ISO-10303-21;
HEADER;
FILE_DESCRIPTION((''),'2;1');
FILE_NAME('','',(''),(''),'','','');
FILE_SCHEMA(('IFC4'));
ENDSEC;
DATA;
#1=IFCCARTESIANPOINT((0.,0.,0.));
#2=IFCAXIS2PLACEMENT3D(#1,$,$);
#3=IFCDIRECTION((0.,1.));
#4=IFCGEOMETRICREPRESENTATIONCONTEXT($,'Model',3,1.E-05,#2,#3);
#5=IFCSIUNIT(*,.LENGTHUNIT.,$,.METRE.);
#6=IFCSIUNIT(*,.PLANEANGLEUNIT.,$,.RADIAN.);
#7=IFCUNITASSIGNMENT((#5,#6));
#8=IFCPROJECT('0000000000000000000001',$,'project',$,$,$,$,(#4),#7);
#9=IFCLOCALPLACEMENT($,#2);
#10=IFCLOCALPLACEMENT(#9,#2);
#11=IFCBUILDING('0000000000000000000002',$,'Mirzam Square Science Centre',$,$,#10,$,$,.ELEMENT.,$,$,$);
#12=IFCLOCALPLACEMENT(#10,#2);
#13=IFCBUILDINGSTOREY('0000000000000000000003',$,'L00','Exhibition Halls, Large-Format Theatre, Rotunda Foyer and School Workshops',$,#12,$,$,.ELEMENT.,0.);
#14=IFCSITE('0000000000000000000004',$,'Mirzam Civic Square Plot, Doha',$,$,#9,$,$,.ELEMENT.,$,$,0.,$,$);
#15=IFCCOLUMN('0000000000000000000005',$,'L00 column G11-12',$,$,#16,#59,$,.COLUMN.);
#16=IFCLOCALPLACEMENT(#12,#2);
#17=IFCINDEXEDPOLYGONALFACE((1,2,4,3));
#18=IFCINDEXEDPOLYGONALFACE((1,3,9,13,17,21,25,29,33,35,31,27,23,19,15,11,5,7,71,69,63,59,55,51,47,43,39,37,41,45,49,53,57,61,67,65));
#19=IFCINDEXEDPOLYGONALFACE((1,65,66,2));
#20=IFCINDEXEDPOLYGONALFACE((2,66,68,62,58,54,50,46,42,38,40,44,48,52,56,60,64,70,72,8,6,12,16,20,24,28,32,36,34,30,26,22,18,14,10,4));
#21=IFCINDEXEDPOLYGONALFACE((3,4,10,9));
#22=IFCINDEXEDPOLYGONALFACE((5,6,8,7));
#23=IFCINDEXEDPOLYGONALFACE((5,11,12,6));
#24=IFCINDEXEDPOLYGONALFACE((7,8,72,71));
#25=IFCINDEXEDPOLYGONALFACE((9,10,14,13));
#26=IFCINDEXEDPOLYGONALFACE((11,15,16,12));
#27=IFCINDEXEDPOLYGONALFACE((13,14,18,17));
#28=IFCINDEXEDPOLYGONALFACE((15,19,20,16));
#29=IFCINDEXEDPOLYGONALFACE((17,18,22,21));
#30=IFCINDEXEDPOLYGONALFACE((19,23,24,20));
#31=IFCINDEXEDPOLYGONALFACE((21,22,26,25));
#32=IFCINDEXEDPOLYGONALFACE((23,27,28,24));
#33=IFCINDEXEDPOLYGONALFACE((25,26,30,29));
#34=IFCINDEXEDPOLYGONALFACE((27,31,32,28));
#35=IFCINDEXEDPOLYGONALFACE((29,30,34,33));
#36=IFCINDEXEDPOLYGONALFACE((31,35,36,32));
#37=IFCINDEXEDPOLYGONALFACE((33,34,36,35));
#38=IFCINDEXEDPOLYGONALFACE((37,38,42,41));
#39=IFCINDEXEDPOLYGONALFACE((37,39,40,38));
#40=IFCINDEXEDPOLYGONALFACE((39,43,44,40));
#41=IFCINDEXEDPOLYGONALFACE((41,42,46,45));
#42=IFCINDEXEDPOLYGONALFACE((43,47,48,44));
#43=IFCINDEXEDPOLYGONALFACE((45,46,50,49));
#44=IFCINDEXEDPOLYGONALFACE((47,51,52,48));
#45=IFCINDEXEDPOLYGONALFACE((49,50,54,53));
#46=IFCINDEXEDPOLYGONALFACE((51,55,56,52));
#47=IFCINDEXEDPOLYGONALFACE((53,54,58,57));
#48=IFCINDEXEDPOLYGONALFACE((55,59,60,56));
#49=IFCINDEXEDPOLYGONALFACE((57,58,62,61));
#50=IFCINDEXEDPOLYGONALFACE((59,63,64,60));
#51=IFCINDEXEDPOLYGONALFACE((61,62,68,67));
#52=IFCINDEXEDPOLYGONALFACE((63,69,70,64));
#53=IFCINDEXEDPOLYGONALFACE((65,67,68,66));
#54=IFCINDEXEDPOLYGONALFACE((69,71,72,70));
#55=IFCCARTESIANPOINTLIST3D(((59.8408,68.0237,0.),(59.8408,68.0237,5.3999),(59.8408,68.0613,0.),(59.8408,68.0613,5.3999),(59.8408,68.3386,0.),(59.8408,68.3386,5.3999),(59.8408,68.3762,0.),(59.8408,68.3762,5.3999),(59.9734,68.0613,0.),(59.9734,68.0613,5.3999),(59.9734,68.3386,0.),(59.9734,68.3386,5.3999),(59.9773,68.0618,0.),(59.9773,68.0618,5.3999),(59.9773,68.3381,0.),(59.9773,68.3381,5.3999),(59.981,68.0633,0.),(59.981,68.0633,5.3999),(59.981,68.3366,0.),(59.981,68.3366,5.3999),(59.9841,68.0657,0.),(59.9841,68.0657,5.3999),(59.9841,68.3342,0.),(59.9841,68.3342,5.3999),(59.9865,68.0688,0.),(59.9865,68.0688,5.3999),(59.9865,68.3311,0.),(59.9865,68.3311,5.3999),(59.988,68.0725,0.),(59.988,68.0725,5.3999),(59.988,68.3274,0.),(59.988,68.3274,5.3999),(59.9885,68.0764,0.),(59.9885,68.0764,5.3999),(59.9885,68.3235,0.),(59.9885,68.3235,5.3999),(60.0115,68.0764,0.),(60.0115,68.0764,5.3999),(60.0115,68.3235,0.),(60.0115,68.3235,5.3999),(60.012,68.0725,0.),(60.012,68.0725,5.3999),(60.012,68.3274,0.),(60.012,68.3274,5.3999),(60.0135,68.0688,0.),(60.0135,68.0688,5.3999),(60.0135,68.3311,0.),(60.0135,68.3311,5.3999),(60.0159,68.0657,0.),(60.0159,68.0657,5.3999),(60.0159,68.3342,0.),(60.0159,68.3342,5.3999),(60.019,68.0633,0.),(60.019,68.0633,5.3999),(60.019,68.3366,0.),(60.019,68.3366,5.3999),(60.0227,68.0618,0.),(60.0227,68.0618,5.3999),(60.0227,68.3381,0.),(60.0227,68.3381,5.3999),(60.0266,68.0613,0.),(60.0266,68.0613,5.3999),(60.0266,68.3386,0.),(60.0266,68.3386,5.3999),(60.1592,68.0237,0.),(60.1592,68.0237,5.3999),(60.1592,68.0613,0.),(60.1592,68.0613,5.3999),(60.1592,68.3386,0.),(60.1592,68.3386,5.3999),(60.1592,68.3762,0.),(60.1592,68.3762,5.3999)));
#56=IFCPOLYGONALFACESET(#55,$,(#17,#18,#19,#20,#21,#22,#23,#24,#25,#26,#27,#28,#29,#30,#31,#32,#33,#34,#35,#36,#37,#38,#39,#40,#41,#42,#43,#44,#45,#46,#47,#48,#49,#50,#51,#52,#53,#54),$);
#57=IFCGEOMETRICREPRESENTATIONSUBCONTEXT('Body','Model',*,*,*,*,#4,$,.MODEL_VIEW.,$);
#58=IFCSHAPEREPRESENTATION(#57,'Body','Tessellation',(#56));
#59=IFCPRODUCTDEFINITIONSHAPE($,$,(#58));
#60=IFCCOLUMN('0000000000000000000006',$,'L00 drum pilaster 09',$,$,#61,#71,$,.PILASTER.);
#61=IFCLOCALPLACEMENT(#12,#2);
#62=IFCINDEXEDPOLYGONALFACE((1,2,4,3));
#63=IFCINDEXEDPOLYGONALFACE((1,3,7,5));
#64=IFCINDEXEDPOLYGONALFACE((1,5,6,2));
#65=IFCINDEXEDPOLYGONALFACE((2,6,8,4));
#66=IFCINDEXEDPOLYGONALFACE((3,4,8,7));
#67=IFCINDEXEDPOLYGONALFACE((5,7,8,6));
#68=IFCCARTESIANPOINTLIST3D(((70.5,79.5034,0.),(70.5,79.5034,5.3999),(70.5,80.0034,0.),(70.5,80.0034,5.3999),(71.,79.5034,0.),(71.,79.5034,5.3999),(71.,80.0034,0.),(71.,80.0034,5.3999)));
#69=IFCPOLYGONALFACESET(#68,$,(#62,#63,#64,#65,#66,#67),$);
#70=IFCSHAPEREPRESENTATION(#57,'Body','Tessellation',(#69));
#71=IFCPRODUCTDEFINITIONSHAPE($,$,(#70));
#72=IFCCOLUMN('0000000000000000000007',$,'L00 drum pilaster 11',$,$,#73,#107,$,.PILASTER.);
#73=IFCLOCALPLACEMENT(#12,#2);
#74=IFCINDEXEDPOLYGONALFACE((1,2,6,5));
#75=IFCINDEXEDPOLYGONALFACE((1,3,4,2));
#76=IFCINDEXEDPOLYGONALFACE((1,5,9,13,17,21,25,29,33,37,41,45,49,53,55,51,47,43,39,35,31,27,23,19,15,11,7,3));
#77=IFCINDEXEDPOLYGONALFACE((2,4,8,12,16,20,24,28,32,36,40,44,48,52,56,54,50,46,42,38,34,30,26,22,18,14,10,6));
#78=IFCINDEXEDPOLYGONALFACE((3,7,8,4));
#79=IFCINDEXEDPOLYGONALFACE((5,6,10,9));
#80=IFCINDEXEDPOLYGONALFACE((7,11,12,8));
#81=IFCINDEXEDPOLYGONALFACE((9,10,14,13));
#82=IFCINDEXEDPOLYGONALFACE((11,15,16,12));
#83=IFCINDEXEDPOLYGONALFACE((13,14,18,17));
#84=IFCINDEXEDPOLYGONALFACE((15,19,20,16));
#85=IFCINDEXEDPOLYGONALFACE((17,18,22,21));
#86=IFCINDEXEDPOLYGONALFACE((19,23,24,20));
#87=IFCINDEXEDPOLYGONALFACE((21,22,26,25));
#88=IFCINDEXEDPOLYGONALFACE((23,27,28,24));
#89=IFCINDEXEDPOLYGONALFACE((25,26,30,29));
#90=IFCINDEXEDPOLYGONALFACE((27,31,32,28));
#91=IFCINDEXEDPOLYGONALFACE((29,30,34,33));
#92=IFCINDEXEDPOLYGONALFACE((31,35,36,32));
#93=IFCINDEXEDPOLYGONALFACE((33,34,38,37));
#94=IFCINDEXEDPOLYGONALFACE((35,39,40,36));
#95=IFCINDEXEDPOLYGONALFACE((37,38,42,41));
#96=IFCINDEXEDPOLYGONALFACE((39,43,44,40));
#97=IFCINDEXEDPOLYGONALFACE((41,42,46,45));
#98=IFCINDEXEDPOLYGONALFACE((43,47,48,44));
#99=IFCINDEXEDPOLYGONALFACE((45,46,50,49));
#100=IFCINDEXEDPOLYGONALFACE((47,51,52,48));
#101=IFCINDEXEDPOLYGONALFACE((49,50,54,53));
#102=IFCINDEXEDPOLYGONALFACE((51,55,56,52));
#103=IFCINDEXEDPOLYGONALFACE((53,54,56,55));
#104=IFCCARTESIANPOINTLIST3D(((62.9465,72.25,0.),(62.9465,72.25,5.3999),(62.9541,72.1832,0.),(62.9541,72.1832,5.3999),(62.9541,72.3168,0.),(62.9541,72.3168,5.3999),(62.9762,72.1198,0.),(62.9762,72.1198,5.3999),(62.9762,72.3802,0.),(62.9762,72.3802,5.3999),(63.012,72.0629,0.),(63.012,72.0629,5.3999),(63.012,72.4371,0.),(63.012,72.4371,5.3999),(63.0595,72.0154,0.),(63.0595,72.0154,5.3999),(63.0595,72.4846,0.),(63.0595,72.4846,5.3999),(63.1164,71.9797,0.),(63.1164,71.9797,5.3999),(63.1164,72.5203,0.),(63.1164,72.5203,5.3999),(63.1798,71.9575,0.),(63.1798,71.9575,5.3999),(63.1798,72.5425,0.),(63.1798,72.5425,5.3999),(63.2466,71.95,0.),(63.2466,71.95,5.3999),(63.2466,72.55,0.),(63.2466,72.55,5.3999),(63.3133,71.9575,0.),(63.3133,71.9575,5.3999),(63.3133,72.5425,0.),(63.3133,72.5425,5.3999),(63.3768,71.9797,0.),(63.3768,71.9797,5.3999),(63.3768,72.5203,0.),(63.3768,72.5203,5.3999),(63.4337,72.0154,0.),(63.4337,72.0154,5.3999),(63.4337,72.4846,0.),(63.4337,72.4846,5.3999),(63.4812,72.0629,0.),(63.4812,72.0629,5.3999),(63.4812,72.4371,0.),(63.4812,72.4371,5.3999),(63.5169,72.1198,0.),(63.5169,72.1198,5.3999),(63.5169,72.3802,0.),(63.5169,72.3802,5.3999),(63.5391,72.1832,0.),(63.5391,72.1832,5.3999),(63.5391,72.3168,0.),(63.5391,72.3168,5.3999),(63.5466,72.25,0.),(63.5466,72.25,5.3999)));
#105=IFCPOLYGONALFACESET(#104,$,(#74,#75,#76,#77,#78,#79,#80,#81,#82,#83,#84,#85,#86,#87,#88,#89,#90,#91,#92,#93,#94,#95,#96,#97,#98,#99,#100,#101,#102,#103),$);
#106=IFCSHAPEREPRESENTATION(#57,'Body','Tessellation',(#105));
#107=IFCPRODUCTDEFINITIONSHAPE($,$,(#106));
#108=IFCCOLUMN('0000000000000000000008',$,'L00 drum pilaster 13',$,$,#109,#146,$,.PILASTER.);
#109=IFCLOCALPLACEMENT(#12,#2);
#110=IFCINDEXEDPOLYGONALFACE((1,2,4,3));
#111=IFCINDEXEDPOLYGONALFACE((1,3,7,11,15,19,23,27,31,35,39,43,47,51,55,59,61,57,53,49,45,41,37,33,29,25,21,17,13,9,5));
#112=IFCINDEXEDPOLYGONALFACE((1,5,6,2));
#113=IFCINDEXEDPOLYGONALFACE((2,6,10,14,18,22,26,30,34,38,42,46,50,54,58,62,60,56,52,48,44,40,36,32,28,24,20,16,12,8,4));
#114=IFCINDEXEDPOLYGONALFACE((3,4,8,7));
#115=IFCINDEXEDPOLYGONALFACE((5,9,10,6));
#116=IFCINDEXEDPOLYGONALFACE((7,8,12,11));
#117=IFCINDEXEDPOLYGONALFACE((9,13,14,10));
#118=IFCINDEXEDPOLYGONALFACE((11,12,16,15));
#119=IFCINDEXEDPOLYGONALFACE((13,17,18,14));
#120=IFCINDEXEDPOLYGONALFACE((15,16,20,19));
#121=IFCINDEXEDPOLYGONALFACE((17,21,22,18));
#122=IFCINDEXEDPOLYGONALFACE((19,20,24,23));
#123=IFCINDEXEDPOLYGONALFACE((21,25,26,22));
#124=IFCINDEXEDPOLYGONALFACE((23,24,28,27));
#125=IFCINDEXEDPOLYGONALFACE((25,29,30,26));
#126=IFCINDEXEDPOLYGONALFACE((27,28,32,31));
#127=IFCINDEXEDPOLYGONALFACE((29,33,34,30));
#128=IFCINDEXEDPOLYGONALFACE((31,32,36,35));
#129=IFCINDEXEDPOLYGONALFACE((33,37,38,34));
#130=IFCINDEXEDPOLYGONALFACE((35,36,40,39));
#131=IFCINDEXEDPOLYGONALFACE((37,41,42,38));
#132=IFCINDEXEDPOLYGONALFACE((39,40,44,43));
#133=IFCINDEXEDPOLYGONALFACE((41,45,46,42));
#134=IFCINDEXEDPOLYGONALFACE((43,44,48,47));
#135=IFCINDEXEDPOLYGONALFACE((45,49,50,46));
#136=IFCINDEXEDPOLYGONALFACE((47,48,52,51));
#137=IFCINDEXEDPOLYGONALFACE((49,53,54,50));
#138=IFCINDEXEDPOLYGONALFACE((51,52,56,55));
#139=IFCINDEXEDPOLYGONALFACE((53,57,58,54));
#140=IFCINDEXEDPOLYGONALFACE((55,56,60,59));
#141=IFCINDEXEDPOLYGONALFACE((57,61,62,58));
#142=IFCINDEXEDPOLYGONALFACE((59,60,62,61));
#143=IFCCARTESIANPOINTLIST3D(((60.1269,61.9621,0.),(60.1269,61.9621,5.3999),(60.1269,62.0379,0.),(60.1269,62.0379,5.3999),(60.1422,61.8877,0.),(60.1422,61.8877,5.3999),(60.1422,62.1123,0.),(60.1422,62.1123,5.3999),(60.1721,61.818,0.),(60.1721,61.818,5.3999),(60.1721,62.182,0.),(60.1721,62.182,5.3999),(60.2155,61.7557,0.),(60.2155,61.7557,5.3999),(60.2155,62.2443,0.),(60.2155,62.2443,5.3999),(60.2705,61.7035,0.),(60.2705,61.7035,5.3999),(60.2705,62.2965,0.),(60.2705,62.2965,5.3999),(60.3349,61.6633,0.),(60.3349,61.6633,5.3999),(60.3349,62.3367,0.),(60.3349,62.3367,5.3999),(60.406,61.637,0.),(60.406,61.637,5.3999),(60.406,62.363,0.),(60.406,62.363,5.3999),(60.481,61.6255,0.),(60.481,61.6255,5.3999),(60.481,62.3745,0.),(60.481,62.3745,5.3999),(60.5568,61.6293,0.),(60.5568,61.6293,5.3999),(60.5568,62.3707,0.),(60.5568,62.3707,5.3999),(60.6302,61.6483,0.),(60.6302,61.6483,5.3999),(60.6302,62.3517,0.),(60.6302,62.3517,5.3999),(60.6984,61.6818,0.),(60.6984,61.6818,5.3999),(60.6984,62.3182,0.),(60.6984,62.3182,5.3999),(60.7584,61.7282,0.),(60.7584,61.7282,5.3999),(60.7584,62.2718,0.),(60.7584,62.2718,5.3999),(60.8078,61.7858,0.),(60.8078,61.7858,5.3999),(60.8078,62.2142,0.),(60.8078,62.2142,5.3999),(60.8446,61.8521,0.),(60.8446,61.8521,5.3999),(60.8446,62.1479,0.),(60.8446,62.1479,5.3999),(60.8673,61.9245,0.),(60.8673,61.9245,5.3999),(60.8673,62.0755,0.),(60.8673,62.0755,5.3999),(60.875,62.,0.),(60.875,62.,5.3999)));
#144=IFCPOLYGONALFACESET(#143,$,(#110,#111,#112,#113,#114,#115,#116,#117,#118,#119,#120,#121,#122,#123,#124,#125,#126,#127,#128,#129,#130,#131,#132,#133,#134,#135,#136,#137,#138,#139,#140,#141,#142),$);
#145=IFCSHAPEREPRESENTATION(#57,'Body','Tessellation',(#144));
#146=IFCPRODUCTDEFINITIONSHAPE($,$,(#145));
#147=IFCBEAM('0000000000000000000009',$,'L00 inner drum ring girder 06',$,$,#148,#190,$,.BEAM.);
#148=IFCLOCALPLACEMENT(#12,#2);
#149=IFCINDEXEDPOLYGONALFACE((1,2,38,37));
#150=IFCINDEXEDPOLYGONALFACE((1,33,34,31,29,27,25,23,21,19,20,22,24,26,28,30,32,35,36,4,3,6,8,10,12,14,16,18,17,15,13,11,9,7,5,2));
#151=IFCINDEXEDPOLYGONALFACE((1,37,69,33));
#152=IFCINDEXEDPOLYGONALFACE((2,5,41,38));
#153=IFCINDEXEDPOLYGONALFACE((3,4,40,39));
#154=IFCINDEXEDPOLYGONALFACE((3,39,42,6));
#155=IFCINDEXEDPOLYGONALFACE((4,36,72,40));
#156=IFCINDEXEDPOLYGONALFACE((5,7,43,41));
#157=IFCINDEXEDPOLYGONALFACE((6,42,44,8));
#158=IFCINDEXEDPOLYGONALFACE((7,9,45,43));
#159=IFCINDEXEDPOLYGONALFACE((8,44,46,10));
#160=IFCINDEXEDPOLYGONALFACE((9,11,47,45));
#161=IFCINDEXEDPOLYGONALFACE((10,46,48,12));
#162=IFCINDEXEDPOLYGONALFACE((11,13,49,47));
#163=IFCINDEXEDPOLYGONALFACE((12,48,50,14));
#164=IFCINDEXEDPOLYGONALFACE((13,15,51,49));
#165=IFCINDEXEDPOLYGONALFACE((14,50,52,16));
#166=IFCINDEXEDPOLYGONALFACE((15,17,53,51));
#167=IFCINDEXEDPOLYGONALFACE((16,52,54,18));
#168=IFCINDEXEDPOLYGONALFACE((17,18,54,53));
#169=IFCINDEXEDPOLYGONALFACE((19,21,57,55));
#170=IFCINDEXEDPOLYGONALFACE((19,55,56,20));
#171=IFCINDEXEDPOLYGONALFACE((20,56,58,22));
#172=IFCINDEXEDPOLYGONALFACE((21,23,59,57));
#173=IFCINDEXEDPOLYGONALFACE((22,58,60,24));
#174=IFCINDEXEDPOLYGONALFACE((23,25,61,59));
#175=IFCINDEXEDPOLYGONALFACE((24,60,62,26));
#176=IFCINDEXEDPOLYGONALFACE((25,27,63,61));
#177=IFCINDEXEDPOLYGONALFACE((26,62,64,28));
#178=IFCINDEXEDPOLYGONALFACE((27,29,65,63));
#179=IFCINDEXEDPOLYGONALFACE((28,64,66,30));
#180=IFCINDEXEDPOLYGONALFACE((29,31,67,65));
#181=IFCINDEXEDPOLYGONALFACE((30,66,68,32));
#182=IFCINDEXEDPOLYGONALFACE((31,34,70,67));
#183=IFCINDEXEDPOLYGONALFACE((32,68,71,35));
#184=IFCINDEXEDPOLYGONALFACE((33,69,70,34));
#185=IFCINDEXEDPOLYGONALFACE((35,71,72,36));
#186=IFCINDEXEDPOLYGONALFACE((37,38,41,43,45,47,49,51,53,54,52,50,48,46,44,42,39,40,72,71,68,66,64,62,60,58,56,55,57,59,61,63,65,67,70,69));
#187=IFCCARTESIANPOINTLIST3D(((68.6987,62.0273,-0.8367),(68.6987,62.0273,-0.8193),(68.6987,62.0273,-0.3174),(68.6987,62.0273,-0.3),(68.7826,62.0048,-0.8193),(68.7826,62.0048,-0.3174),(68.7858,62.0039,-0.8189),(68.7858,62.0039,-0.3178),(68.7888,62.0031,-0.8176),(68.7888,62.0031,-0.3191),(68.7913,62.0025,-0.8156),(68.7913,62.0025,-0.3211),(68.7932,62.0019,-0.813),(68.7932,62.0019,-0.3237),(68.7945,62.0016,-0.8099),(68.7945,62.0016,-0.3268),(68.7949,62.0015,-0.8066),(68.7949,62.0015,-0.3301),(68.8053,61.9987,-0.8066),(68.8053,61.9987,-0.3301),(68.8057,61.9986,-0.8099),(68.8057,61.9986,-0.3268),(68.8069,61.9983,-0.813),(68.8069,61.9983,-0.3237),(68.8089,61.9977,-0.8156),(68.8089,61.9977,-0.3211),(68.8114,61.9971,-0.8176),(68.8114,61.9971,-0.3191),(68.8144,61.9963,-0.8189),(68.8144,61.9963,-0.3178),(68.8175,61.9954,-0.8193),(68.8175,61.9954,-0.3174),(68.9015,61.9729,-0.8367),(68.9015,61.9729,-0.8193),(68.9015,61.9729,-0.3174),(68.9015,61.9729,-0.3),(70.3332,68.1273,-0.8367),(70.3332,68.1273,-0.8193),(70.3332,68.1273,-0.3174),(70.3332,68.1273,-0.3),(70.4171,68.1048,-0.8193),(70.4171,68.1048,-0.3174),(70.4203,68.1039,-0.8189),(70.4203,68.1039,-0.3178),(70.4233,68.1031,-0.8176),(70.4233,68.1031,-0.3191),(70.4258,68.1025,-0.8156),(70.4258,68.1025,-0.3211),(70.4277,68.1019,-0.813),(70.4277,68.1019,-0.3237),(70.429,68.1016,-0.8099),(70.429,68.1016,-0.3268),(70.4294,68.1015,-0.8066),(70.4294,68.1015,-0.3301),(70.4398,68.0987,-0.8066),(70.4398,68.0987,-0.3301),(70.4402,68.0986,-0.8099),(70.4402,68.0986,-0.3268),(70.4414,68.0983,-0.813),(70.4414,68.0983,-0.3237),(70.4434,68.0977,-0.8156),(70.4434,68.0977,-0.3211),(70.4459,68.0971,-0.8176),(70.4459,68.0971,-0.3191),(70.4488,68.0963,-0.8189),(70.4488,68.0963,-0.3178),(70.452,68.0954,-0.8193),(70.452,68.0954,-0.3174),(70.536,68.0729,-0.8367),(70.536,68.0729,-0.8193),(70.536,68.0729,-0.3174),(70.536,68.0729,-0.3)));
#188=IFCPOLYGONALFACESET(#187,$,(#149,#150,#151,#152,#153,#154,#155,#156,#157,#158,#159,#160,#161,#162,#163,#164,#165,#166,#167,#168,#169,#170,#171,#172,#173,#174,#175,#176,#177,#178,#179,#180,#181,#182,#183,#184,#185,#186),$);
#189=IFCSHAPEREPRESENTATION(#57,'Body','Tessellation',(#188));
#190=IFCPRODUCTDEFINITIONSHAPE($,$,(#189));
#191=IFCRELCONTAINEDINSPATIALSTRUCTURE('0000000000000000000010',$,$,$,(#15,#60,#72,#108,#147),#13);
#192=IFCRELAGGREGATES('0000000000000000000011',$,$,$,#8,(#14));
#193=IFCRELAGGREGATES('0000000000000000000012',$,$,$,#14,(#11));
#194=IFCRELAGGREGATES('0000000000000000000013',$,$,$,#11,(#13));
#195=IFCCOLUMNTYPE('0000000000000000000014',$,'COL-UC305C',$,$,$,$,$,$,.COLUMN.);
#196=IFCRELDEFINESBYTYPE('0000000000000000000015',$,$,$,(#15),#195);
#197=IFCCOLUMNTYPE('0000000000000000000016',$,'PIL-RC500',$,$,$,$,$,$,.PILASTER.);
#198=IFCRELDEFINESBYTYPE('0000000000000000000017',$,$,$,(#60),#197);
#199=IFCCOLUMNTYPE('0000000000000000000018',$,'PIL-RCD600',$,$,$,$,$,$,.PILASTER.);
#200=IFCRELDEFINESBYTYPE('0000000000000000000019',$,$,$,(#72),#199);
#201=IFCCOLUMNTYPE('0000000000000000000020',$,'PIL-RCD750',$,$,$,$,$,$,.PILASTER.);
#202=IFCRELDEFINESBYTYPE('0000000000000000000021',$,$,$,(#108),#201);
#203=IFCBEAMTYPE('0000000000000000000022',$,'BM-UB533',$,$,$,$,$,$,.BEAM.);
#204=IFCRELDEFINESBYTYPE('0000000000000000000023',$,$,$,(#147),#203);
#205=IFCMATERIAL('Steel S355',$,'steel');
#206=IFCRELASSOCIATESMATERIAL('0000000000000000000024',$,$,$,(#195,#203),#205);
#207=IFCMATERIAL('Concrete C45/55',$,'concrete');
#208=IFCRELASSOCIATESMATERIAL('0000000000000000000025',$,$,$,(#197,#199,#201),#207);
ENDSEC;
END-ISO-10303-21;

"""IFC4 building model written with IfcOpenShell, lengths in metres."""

from ifc_helpers import new_model, si_unit, direction, frame, origin, origin_2d, place, context, subcontext, project, spatial, rectangle, circle, i_section, extrude, material, material_profile, profile_set, type_object, element, save


model = new_model("IFC4")

# Units and contexts
model_context = context("Model", 3, precision=1e-05, world=origin(), true_north=direction((0.0, 1.0)))
body_context = subcontext(model_context, "Body", "Model", "MODEL_VIEW")
ifc_project = project(units=[si_unit("LENGTHUNIT", "METRE"), si_unit("PLANEANGLEUNIT", "RADIAN")], contexts=[model_context])

# Site, building, storey
site_placement = place(None, origin())
site = spatial("IfcSite", under=ifc_project, at=site_placement, Name="Mirzam Civic Square Plot, Doha", CompositionType="ELEMENT", RefElevation=0.0)
building_placement = place(site_placement, origin())
building = spatial("IfcBuilding", under=site, at=building_placement, Name="Mirzam Square Science Centre", CompositionType="ELEMENT")
storey_placement = place(building_placement, origin())
storey = spatial("IfcBuildingStorey", under=building, at=storey_placement, Name="L00", Description="Exhibition Halls, Large-Format Theatre, Rotunda Foyer and School Workshops", CompositionType="ELEMENT", Elevation=0.0)

# Columns
ifc_material_1 = material(Name="Steel S355", Category="steel")
ifc_material_profile_1 = material_profile(ifc_material_1, i_section(OverallWidth=0.3184, OverallDepth=0.3525, WebThickness=0.0229, FlangeThickness=0.0376, FilletRadius=0.0151, at=origin_2d()), Name="305x305x240UC")
ifc_profile_set_1 = profile_set([ifc_material_profile_1], Name="Steel S355")
column_type_1 = type_object("IfcColumnType", Name="COL-UC305C", PredefinedType="COLUMN", material=ifc_profile_set_1)
column_1_placement = place(storey_placement, frame((60.0, 68.2, 0.0), z_axis=(0.0, 0.0, 1.0), x_axis=(1.0, 0.0, 0.0)))
element("IfcColumn", 1, at=column_1_placement, inside=storey, type_object=column_type_1, Name="L00 column G11-12", PredefinedType="COLUMN", context=body_context, shape_type="SweptSolid", body=[
    extrude(i_section(OverallWidth=0.3184, OverallDepth=0.3525, WebThickness=0.0229, FlangeThickness=0.0376, FilletRadius=0.0151, at=origin_2d()), origin(), (0.0, 0.0, 1.0), 5.3999),
])
ifc_material_2 = material(Name="Concrete C45/55", Category="concrete")
ifc_material_profile_2 = material_profile(ifc_material_2, rectangle(XDim=0.5, YDim=0.5, at=origin_2d()), Name="RC500x500")
ifc_profile_set_2 = profile_set([ifc_material_profile_2], Name="Concrete C45/55")
column_type_2 = type_object("IfcColumnType", Name="PIL-RC500", PredefinedType="PILASTER", material=ifc_profile_set_2)
column_2_placement = place(storey_placement, frame((70.75, 79.7534, 0.0), z_axis=(0.0, 0.0, 1.0), x_axis=(1.0, 0.0, 0.0)))
element("IfcColumn", 2, at=column_2_placement, inside=storey, type_object=column_type_2, Name="L00 drum pilaster 09", PredefinedType="PILASTER", context=body_context, shape_type="SweptSolid", body=[
    extrude(rectangle(XDim=0.5, YDim=0.5, at=origin_2d()), origin(), (0.0, 0.0, 1.0), 5.3999),
])
ifc_material_profile_3 = material_profile(ifc_material_2, circle(Radius=0.3, at=origin_2d()), Name="RCD600")
ifc_profile_set_3 = profile_set([ifc_material_profile_3], Name="Concrete C45/55")
column_type_3 = type_object("IfcColumnType", Name="PIL-RCD600", PredefinedType="PILASTER", material=ifc_profile_set_3)
column_3_placement = place(storey_placement, frame((63.2466, 72.25, 0.0), z_axis=(0.0, 0.0, 1.0), x_axis=(1.0, 0.0, 0.0)))
element("IfcColumn", 3, at=column_3_placement, inside=storey, type_object=column_type_3, Name="L00 drum pilaster 11", PredefinedType="PILASTER", context=body_context, shape_type="SweptSolid", body=[
    extrude(circle(Radius=0.3, at=origin_2d()), origin(), (0.0, 0.0, 1.0), 5.3999),
])
ifc_material_profile_4 = material_profile(ifc_material_2, circle(Radius=0.375, at=origin_2d()), Name="RCD750")
ifc_profile_set_4 = profile_set([ifc_material_profile_4], Name="Concrete C45/55")
column_type_4 = type_object("IfcColumnType", Name="PIL-RCD750", PredefinedType="PILASTER", material=ifc_profile_set_4)
column_4_placement = place(storey_placement, frame((60.5, 62.0, 0.0), z_axis=(0.0, 0.0, 1.0), x_axis=(1.0, 0.0, 0.0)))
element("IfcColumn", 4, at=column_4_placement, inside=storey, type_object=column_type_4, Name="L00 drum pilaster 13", PredefinedType="PILASTER", context=body_context, shape_type="SweptSolid", body=[
    extrude(circle(Radius=0.375, at=origin_2d()), origin(), (0.0, 0.0, 1.0), 5.3999),
])

# Beam
ifc_material_profile_5 = material_profile(ifc_material_1, i_section(OverallWidth=0.21, OverallDepth=0.5366, WebThickness=0.0107, FlangeThickness=0.0173, FilletRadius=0.0127, at=origin_2d()), Name="533x210x101UB")
ifc_profile_set_5 = profile_set([ifc_material_profile_5], Name="Steel S355")
beam_type_1 = type_object("IfcBeamType", Name="BM-UB533", PredefinedType="BEAM", material=ifc_profile_set_5)
beam_1_placement = place(storey_placement, frame((70.4346, 68.1001, -0.5684), z_axis=(-0.25882, -0.965926, 0.0), x_axis=(0.965926, -0.25882, 0.0)))
element("IfcBeam", 5, at=beam_1_placement, inside=storey, type_object=beam_type_1, Name="L00 inner drum ring girder 06", PredefinedType="BEAM", context=body_context, shape_type="SweptSolid", body=[
    extrude(i_section(OverallWidth=0.21, OverallDepth=0.5366, WebThickness=0.0107, FlangeThickness=0.0173, FilletRadius=0.0127, at=origin_2d()), origin(), (0.0, 0.0, 1.0), 6.3152),
])

save(model, "model.ifc")
